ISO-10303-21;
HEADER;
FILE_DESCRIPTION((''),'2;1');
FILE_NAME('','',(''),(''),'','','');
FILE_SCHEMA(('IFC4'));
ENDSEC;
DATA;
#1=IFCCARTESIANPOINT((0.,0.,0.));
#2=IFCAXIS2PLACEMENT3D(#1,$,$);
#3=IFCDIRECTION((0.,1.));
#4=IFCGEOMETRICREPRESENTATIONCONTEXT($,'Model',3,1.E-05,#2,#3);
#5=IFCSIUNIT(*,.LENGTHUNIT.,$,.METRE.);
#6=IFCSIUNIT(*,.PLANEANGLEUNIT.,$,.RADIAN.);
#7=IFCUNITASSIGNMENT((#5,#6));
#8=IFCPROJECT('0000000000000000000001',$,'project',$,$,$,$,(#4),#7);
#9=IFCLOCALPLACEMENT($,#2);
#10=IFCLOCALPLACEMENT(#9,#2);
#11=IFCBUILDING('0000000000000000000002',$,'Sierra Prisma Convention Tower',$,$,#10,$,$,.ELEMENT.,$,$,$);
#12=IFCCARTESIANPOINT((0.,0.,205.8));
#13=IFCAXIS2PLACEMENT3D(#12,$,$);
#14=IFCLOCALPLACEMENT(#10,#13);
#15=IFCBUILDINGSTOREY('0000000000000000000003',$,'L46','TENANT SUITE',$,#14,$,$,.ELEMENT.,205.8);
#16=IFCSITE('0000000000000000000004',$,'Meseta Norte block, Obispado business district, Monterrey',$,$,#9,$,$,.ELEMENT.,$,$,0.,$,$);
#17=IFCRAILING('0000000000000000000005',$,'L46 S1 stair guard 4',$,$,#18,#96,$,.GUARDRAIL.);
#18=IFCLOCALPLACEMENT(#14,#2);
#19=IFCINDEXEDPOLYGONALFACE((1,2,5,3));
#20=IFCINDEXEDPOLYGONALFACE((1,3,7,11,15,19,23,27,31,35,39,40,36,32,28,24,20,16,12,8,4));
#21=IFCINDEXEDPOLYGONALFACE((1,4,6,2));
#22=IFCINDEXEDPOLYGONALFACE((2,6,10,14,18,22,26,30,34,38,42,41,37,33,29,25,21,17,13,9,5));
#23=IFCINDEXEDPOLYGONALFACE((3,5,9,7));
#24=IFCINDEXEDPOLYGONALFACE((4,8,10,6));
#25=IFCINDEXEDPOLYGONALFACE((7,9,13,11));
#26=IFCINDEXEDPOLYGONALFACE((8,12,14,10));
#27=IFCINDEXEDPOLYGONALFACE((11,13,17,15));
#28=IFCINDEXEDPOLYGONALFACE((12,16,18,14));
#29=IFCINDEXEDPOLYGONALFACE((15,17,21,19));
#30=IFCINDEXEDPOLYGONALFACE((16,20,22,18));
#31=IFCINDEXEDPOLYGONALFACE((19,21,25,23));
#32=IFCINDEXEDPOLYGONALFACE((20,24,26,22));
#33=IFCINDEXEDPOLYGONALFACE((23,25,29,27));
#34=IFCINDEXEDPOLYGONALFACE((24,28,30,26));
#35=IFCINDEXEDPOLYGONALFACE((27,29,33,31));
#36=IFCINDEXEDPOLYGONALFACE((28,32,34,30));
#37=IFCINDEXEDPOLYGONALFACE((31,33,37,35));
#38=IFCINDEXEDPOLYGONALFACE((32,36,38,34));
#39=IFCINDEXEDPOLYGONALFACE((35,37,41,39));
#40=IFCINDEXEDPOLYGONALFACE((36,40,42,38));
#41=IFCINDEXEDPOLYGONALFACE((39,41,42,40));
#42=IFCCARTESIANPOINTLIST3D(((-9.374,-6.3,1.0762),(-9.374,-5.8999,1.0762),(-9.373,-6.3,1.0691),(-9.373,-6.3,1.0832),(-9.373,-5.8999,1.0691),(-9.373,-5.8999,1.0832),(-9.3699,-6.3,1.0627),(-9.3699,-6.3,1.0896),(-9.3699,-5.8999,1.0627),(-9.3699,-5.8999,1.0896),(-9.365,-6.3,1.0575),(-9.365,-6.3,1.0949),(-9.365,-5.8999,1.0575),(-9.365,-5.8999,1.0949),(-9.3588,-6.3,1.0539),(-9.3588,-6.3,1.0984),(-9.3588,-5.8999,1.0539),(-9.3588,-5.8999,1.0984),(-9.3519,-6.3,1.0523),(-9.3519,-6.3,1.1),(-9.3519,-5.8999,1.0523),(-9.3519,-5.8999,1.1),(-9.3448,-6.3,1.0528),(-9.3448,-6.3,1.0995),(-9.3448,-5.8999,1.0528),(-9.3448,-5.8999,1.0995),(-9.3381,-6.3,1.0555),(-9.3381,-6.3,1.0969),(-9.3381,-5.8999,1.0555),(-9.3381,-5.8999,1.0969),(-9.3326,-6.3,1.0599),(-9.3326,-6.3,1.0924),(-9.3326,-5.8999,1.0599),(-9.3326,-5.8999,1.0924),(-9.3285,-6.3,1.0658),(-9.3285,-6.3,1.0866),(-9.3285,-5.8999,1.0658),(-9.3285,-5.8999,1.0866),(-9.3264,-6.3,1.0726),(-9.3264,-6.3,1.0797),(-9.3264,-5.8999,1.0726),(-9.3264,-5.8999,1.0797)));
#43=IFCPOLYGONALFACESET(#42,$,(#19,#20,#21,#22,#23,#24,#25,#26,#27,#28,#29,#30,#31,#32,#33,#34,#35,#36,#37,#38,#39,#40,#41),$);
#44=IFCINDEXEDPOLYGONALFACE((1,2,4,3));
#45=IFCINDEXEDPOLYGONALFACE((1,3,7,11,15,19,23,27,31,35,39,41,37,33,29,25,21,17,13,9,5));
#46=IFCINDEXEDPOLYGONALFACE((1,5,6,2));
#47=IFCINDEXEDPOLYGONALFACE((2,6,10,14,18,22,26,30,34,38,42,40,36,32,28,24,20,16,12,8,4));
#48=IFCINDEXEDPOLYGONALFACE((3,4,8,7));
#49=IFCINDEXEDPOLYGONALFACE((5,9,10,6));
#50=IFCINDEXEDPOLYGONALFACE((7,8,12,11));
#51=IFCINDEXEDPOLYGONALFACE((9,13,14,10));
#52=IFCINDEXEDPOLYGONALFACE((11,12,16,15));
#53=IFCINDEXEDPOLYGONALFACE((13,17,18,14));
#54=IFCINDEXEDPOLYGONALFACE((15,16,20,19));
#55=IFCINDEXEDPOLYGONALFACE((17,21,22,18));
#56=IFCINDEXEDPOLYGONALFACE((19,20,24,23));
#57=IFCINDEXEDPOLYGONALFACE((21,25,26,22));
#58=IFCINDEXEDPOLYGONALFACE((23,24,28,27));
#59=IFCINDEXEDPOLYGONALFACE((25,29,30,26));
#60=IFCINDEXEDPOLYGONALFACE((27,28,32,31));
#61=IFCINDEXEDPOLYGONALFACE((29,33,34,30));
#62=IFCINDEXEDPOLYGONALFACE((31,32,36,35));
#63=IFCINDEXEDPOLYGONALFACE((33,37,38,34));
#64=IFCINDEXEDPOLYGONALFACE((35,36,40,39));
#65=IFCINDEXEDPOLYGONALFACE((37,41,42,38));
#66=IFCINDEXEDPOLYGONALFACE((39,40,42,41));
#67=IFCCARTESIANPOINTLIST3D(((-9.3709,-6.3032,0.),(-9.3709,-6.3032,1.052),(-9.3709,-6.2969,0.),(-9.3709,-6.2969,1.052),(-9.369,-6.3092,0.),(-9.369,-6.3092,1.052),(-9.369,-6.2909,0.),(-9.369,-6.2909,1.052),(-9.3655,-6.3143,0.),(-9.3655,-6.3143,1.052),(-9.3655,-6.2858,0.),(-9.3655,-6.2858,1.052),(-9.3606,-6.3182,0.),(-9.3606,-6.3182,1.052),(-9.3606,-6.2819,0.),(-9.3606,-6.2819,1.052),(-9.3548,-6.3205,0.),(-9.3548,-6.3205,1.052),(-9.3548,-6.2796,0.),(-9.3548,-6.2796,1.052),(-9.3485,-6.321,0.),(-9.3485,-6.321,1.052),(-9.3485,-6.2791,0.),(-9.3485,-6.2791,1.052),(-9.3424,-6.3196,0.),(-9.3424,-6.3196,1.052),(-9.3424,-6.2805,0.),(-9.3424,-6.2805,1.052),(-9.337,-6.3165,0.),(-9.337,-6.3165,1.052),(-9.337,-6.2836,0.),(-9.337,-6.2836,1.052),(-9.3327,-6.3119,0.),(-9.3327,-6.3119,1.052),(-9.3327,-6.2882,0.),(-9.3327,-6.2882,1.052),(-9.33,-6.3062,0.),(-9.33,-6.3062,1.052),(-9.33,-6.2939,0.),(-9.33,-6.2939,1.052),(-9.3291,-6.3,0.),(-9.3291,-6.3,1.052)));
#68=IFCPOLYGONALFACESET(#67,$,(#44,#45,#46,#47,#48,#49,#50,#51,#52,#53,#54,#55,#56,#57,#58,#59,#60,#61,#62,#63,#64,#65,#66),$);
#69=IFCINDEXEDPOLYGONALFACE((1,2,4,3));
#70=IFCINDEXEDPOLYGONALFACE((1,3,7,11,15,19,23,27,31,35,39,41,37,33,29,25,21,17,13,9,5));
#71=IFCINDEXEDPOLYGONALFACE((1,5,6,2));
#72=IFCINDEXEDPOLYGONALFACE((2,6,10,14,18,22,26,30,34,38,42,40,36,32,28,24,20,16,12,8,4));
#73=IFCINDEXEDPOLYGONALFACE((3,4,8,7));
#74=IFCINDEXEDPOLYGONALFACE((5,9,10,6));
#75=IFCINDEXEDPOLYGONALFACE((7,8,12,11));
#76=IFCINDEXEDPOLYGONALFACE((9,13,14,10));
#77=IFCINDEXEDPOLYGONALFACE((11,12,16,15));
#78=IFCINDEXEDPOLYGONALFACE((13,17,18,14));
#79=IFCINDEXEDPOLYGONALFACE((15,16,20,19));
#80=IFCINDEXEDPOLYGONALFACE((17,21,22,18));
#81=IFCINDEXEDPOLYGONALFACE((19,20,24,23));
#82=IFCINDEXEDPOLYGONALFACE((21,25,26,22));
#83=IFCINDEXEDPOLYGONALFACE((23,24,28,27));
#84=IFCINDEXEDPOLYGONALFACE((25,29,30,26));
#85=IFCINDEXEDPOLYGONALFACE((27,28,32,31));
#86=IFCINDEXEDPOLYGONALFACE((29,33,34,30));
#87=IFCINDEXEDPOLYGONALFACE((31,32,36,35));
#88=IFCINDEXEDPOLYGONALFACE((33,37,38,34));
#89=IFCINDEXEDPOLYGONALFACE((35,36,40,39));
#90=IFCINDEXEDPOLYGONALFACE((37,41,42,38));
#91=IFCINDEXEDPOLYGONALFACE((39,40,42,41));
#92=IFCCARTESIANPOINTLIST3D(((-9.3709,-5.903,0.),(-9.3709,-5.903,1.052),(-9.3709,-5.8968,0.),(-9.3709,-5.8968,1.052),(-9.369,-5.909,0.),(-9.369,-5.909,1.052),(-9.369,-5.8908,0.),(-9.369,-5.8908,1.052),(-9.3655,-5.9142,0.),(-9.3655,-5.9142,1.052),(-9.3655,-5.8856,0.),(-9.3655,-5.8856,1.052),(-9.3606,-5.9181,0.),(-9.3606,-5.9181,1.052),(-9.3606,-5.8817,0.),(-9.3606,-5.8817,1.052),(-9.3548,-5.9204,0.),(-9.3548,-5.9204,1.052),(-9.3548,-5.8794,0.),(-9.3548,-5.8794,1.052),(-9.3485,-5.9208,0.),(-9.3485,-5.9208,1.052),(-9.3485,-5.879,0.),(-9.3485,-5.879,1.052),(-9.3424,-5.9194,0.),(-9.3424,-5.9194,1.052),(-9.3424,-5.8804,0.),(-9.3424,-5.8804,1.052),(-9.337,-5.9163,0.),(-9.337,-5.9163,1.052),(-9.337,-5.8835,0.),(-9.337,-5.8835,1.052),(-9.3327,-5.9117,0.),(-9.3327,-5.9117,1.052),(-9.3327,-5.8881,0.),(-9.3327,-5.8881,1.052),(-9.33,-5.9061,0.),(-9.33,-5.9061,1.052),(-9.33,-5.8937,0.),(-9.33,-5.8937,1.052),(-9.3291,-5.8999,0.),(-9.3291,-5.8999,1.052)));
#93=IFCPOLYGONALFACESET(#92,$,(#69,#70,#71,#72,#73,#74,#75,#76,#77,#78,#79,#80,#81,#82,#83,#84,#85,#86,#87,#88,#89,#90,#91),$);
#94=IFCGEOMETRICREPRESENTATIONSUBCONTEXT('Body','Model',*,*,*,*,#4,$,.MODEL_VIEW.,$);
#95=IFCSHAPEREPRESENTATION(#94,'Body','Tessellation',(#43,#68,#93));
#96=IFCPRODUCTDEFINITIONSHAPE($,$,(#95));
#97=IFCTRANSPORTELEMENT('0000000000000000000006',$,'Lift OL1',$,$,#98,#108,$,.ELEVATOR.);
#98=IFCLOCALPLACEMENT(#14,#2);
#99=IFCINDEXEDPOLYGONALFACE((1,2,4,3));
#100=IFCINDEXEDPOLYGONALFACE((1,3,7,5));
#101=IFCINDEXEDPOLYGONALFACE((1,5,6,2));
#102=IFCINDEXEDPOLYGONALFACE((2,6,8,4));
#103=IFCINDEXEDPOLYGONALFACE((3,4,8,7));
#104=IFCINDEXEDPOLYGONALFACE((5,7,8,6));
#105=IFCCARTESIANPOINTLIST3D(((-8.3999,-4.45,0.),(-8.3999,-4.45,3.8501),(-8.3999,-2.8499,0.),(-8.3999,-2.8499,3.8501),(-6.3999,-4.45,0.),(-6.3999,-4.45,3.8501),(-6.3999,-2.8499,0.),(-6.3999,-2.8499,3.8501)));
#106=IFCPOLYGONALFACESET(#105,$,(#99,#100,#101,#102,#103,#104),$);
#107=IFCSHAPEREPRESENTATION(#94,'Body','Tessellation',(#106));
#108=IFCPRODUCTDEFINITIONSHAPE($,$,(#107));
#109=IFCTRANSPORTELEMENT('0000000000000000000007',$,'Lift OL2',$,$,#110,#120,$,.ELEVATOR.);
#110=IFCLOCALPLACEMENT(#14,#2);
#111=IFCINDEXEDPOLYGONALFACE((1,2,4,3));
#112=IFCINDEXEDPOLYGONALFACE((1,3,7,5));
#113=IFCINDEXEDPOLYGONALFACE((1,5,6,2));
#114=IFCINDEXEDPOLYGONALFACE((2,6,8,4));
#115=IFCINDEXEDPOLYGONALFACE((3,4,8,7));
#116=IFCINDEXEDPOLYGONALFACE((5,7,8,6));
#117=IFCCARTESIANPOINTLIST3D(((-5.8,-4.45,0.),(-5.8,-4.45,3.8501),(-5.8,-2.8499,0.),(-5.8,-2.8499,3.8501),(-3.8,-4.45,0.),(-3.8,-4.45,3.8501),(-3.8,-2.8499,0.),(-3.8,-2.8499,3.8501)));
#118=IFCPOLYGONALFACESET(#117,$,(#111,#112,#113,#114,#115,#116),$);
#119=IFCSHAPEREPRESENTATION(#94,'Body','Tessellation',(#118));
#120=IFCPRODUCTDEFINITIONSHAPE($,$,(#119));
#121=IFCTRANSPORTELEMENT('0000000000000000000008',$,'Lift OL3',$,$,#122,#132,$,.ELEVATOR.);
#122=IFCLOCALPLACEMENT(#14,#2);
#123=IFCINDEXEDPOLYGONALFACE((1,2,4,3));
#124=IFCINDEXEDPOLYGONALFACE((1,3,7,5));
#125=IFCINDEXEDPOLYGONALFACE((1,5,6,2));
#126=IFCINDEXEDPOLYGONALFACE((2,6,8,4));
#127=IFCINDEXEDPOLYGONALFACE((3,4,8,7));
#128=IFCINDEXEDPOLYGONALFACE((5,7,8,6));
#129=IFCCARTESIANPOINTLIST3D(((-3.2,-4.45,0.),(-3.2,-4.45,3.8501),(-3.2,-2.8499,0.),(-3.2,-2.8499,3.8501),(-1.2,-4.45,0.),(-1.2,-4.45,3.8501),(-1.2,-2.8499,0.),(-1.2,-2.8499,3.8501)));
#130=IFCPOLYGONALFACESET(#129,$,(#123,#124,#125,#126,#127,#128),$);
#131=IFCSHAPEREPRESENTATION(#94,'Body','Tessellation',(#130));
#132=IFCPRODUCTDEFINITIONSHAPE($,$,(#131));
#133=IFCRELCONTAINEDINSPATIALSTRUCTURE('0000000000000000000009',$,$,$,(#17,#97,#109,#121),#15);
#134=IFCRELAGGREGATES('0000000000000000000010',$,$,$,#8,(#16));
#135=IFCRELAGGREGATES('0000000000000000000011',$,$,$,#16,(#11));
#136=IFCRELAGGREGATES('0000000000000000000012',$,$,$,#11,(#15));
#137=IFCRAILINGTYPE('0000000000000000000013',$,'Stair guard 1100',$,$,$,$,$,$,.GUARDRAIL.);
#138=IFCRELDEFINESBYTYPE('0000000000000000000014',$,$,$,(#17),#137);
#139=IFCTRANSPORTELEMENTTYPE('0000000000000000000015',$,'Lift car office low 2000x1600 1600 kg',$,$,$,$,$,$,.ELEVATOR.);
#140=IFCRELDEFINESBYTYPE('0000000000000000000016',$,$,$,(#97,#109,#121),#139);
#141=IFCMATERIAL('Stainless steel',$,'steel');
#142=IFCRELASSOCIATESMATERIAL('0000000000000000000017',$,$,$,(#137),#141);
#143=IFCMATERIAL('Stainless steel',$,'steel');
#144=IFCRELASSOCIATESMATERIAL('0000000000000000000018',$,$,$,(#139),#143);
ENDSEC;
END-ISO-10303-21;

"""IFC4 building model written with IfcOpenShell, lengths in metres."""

from ifc_helpers import new_model, si_unit, direction, frame, origin, origin_2d, place, context, subcontext, project, spatial, rectangle, circle, extrude, material, type_object, element, save


model = new_model("IFC4")

# Units and contexts
model_context = context("Model", 3, precision=1e-05, world=origin(), true_north=direction((0.0, 1.0)))
body_context = subcontext(model_context, "Body", "Model", "MODEL_VIEW")
ifc_project = project(units=[si_unit("LENGTHUNIT", "METRE"), si_unit("PLANEANGLEUNIT", "RADIAN")], contexts=[model_context])

# Site, building, storey
site_placement = place(None, origin())
site = spatial("IfcSite", under=ifc_project, at=site_placement, Name="Meseta Norte block, Obispado business district, Monterrey", CompositionType="ELEMENT", RefElevation=0.0)
building_placement = place(site_placement, origin())
building = spatial("IfcBuilding", under=site, at=building_placement, Name="Sierra Prisma Convention Tower", CompositionType="ELEMENT")
storey_placement = place(building_placement, frame((0.0, 0.0, 205.8)))
storey = spatial("IfcBuildingStorey", under=building, at=storey_placement, Name="L46", Description="TENANT SUITE", CompositionType="ELEMENT", Elevation=205.8)

# Railing
ifc_material_1 = material(Name="Stainless steel", Category="steel")
railing_type_1 = type_object("IfcRailingType", Name="Stair guard 1100", PredefinedType="GUARDRAIL", material=ifc_material_1)
railing_1_placement = place(storey_placement, frame((-9.3501, -6.3, 0.0)))
element("IfcRailing", 1, at=railing_1_placement, inside=storey, type_object=railing_type_1, Name="L46 S1 stair guard 4", PredefinedType="GUARDRAIL", context=body_context, shape_type="SweptSolid", body=[
    extrude(circle(Radius=0.0239, at=origin_2d()), frame((0.0, 0.0, 1.0762), z_axis=(0.0, 1.0, 0.0), x_axis=(-1.0, 0.0, 0.0)), (0.0, 0.0, 1.0), 0.4001),
    extrude(circle(Radius=0.021, at=origin_2d()), origin(), (0.0, 0.0, 1.0), 1.052),
    extrude(circle(Radius=0.021, at=origin_2d()), frame((0.0, 0.4001, 0.0)), (0.0, 0.0, 1.0), 1.052),
])

# Transport elements
ifc_material_2 = material(Name="Stainless steel", Category="steel")
transport_element_type = type_object("IfcTransportElementType", Name="Lift car office low 2000x1600 1600 kg", PredefinedType="ELEVATOR", material=ifc_material_2)
for number, where, z_axis, x_axis, name in (
    (2, (-7.3999, -3.6499, 0.0), (0.0, 0.0, 1.0), (1.0, 0.0, 0.0), "Lift OL1"),
    (3, (-4.8, -3.6499, 0.0), (0.0, 0.0, 1.0), (1.0, 0.0, 0.0), "Lift OL2"),
    (4, (-2.2, -3.6499, 0.0), (0.0, 0.0, 1.0), (1.0, 0.0, 0.0), "Lift OL3"),
):
    element("IfcTransportElement", number, at=place(storey_placement, frame(where, z_axis=z_axis, x_axis=x_axis)), inside=storey, type_object=transport_element_type, Name=name, PredefinedType="ELEVATOR", context=body_context, shape_type="SweptSolid", body=[
        extrude(rectangle(XDim=2.0, YDim=1.6001, at=origin_2d()), origin(), (0.0, 0.0, 1.0), 3.8501),
    ])

save(model, "model.ifc")
